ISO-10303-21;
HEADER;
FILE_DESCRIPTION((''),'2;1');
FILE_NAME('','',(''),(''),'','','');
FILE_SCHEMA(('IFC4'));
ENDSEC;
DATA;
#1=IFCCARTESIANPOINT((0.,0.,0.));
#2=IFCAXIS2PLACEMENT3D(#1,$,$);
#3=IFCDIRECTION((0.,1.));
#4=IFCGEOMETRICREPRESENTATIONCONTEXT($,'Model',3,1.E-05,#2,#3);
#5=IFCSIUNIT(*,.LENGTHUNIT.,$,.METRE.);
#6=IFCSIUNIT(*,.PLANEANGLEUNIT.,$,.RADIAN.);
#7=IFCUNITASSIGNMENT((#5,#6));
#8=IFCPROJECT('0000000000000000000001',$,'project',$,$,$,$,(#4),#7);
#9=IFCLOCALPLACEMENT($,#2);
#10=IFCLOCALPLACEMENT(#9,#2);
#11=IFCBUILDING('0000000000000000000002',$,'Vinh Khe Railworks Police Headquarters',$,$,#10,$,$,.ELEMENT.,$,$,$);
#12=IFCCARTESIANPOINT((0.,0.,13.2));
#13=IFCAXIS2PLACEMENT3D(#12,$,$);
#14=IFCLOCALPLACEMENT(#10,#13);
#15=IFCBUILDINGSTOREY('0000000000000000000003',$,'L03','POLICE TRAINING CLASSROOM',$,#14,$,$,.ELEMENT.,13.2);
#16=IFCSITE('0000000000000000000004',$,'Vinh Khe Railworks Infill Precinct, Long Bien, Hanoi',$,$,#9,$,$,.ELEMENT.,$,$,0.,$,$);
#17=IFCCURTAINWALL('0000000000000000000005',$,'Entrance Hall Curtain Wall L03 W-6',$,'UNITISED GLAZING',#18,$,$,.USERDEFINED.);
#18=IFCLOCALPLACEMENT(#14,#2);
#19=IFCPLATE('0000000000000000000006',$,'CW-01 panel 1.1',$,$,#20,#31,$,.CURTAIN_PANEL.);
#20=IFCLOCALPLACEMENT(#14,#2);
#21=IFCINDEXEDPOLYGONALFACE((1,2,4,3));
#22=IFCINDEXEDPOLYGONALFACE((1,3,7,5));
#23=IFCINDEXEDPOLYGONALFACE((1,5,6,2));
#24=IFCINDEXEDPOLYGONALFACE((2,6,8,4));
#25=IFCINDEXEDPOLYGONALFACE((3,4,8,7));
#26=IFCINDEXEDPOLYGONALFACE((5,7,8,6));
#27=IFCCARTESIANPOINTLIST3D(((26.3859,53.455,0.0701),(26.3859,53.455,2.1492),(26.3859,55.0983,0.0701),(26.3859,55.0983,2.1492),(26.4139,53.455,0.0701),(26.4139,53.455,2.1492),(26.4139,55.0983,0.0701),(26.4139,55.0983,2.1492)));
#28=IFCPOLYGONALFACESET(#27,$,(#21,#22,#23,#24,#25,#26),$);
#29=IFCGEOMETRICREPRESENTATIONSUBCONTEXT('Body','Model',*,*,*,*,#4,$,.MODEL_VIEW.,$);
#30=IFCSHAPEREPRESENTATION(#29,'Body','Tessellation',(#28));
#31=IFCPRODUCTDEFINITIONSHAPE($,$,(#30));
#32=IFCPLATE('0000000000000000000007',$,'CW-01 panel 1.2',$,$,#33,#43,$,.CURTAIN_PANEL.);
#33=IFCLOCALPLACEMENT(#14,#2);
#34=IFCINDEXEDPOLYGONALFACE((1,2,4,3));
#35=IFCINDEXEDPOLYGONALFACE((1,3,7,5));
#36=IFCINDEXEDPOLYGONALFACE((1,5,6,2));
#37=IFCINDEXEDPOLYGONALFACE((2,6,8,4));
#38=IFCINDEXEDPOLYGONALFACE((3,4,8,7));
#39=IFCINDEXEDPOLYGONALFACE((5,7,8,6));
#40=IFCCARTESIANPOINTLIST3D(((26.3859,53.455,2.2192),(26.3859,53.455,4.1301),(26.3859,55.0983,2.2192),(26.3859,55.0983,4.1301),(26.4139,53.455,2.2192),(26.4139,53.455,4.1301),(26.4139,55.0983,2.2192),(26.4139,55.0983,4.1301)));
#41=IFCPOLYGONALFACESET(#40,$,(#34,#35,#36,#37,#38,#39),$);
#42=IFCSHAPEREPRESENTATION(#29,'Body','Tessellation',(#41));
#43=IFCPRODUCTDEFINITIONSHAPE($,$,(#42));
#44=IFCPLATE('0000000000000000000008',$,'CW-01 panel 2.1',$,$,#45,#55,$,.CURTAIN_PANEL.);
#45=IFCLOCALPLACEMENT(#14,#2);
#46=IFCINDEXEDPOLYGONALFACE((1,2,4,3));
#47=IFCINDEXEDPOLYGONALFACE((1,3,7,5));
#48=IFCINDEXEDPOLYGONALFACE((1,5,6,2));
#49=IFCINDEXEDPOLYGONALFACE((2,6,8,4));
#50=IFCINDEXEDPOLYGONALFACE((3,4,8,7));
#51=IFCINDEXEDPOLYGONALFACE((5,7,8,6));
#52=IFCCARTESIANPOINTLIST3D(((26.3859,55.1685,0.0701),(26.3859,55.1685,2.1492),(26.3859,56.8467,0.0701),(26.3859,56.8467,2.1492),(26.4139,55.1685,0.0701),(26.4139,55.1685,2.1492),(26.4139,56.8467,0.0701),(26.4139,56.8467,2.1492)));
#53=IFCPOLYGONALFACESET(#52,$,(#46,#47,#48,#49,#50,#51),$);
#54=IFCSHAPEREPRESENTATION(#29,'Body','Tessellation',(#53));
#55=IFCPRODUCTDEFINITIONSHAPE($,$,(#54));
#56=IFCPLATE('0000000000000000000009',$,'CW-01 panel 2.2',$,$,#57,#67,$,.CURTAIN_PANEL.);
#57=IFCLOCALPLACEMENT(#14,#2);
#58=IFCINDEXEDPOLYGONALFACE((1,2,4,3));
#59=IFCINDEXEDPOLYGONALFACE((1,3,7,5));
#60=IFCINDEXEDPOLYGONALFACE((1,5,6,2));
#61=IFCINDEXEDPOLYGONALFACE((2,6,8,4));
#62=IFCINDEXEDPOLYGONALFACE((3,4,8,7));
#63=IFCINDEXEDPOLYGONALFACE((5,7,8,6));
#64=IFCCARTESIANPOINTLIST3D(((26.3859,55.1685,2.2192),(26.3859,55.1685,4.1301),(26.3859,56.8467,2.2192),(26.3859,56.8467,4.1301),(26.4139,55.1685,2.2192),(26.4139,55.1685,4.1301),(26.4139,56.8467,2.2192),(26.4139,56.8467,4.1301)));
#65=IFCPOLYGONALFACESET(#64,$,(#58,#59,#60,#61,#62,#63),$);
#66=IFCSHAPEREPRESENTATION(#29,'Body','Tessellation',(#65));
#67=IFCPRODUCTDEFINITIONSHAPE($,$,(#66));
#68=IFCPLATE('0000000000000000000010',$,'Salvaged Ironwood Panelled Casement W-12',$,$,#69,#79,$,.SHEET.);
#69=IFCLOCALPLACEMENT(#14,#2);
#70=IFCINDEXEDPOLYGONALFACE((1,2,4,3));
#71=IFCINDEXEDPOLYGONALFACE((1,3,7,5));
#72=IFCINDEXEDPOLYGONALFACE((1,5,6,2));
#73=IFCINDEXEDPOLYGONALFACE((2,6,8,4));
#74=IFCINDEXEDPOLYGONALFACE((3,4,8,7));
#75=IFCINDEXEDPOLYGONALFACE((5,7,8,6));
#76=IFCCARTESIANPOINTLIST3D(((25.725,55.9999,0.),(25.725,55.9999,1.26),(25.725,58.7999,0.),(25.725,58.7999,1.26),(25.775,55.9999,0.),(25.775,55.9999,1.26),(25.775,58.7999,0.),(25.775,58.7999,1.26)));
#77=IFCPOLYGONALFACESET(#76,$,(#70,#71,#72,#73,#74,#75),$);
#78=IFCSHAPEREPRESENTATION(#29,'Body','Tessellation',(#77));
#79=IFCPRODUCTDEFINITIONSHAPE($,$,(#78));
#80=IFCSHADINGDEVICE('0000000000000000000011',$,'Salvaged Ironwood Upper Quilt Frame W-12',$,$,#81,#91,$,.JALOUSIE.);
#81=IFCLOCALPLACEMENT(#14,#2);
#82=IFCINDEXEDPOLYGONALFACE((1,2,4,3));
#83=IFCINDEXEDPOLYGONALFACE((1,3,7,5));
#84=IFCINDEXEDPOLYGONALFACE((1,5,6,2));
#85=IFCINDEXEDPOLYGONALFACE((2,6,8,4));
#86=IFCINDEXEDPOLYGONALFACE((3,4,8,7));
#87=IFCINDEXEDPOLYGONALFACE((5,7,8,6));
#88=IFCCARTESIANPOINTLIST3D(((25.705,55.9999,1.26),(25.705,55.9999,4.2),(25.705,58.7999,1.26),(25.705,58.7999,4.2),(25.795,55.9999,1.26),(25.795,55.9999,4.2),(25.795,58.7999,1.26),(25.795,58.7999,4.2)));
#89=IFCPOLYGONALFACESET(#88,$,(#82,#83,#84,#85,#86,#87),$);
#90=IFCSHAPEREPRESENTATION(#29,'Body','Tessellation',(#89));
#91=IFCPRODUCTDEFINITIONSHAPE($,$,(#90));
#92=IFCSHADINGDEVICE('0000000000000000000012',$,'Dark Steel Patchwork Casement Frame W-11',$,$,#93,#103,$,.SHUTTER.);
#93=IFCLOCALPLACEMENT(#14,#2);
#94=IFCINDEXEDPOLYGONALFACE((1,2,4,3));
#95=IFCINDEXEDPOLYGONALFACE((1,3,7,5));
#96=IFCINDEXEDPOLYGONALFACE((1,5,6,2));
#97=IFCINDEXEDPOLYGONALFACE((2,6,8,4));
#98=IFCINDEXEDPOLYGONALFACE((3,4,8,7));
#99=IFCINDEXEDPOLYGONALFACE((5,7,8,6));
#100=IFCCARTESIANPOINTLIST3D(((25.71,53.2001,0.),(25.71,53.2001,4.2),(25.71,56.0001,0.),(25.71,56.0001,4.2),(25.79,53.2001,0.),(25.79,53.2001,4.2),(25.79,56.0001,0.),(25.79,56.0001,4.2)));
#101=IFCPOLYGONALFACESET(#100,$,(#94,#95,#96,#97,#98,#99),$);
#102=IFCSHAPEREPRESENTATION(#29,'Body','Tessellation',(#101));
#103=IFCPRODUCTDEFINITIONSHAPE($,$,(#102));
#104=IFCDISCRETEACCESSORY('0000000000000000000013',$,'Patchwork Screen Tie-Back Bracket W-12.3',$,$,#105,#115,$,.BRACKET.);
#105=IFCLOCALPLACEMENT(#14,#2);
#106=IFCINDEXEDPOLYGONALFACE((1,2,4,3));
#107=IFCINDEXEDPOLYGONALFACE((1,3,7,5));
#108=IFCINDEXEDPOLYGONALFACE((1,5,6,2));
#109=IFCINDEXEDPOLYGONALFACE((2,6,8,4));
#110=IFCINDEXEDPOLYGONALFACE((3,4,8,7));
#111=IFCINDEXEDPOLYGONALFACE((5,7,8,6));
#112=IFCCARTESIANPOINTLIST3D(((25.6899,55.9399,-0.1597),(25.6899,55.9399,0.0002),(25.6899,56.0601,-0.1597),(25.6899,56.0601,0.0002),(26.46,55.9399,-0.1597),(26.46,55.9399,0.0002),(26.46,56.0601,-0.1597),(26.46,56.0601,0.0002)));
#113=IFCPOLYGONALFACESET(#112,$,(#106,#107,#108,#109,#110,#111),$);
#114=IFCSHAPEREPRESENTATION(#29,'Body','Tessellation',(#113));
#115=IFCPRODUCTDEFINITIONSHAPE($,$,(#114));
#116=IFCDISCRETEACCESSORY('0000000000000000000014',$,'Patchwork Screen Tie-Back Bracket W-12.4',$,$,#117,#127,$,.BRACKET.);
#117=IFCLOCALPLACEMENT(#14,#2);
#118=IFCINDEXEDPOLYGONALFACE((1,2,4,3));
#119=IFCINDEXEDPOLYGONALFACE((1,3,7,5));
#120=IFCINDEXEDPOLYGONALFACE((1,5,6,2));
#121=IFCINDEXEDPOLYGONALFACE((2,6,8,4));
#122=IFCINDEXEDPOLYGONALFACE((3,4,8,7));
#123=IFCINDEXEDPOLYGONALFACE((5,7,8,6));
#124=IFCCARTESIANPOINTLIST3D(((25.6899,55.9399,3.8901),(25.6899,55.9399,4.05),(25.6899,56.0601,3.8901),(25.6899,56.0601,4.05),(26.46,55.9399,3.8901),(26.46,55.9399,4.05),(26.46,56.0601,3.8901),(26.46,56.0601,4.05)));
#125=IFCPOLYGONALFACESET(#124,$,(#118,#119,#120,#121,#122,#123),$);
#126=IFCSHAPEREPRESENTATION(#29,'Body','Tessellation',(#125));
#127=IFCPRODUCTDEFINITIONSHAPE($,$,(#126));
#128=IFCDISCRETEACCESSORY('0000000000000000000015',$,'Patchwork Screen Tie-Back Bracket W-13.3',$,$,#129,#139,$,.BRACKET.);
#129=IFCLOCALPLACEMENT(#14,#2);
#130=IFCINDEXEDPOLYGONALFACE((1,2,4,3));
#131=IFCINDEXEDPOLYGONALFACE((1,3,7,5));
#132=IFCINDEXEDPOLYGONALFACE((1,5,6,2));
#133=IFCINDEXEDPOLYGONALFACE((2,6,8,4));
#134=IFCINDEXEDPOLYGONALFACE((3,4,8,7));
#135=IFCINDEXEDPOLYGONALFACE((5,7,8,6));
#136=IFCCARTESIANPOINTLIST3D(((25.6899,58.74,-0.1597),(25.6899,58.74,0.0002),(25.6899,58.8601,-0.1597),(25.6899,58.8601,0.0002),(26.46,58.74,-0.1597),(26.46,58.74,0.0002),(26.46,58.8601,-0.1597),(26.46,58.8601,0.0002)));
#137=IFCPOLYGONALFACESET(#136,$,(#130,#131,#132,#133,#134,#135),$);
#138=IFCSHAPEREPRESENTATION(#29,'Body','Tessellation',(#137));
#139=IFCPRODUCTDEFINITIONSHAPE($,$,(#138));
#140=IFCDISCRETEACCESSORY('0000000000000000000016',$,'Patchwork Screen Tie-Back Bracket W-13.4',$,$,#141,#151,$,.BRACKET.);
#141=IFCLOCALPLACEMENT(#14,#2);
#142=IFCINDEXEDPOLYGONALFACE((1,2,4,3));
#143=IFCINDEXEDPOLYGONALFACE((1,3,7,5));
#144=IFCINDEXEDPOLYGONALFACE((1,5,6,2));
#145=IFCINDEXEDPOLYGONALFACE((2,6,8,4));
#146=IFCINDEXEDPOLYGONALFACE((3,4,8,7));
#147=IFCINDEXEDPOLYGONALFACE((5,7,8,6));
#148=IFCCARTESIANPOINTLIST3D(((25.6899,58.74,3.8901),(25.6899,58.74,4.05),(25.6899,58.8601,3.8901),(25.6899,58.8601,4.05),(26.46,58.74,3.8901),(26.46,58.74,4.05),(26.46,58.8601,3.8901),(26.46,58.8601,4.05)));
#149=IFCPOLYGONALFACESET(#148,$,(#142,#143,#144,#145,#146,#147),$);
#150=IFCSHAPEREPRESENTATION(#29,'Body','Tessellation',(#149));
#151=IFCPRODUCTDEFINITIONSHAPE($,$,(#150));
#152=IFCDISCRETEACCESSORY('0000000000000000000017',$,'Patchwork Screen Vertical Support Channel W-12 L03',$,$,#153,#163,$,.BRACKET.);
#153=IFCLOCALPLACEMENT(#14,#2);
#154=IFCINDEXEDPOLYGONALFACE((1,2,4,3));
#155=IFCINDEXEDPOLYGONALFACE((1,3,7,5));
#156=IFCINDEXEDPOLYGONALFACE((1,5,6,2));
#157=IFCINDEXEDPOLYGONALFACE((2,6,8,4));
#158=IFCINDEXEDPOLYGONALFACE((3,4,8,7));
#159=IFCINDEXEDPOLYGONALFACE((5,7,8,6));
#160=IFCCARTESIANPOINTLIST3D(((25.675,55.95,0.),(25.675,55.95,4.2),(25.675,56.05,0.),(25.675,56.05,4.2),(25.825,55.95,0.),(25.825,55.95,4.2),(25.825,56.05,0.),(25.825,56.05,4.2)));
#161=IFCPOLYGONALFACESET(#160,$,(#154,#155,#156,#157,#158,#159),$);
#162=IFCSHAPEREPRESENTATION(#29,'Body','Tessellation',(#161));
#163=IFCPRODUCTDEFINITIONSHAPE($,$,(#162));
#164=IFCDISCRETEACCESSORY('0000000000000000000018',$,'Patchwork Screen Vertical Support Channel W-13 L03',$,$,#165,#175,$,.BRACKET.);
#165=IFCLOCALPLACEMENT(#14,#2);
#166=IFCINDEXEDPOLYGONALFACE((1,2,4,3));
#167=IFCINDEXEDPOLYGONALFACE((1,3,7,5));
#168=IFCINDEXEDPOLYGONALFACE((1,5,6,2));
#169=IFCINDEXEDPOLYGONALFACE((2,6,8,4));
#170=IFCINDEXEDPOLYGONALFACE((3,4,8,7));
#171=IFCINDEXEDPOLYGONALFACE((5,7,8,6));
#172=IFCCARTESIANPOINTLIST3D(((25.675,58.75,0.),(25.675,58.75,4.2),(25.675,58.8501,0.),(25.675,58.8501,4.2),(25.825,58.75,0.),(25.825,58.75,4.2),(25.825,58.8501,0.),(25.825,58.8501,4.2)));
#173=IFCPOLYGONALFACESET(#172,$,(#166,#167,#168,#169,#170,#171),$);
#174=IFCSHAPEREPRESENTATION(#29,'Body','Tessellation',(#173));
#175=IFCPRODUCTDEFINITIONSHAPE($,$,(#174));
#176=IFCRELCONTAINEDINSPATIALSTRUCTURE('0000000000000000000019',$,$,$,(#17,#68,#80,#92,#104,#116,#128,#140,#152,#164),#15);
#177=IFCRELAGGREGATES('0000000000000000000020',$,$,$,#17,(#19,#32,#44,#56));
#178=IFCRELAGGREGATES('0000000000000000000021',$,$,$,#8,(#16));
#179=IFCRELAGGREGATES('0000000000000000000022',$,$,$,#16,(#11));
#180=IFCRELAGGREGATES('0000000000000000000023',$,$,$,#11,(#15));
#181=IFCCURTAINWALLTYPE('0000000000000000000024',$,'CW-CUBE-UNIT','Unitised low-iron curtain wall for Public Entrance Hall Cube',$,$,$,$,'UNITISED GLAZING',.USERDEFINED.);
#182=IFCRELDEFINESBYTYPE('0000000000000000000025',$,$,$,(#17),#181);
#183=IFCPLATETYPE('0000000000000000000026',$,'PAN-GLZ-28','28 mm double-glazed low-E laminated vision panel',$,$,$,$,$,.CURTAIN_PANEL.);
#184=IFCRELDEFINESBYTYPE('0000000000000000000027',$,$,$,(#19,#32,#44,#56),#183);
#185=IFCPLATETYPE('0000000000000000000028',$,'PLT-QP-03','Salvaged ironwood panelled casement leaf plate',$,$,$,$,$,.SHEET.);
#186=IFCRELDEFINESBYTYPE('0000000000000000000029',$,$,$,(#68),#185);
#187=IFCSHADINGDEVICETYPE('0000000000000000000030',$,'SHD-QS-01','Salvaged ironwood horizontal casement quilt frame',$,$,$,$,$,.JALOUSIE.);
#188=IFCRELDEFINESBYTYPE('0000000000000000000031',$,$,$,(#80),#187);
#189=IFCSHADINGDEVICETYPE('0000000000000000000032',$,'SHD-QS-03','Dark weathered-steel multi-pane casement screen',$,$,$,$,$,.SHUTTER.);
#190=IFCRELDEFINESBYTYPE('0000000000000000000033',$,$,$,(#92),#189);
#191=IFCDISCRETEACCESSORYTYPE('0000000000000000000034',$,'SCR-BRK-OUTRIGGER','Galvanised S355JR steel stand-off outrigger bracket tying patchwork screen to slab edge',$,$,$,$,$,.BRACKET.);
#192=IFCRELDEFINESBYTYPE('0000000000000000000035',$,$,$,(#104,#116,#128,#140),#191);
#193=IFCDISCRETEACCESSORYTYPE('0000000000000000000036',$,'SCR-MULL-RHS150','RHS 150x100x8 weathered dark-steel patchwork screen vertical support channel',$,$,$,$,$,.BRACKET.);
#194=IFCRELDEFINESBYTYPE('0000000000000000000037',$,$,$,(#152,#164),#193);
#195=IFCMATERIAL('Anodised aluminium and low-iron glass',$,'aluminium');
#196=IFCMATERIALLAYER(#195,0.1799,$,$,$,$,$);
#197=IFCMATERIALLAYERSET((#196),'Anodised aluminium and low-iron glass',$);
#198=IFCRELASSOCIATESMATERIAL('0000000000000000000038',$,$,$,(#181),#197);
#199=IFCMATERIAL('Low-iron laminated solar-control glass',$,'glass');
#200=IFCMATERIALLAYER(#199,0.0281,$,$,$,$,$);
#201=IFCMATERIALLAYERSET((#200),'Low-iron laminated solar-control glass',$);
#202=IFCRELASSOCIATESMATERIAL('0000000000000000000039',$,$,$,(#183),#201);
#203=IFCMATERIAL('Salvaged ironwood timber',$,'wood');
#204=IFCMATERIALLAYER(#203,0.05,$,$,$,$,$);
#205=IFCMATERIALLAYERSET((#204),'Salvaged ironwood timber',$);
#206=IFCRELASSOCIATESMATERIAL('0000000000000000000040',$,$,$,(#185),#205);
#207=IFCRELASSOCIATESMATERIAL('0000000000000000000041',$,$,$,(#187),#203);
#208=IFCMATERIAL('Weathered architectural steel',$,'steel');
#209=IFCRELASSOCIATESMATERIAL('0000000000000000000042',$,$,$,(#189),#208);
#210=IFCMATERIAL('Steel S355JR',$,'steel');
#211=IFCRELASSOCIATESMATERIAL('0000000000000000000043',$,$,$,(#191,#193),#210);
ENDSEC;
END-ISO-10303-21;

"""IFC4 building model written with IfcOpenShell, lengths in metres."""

from ifc_helpers import new_model, si_unit, direction, frame, origin, origin_2d, place, context, subcontext, project, spatial, rectangle, extrude, material, layer, layer_set, type_object, element, aggregate, save


model = new_model("IFC4")

# Units and contexts
model_context = context("Model", 3, precision=1e-05, world=origin(), true_north=direction((0.0, 1.0)))
body_context = subcontext(model_context, "Body", "Model", "MODEL_VIEW")
ifc_project = project(units=[si_unit("LENGTHUNIT", "METRE"), si_unit("PLANEANGLEUNIT", "RADIAN")], contexts=[model_context])

# Site, building, storey
site_placement = place(None, origin())
site = spatial("IfcSite", under=ifc_project, at=site_placement, Name="Vinh Khe Railworks Infill Precinct, Long Bien, Hanoi", CompositionType="ELEMENT", RefElevation=0.0)
building_placement = place(site_placement, origin())
building = spatial("IfcBuilding", under=site, at=building_placement, Name="Vinh Khe Railworks Police Headquarters", CompositionType="ELEMENT")
storey_placement = place(building_placement, frame((0.0, 0.0, 13.2)))
storey = spatial("IfcBuildingStorey", under=building, at=storey_placement, Name="L03", Description="POLICE TRAINING CLASSROOM", CompositionType="ELEMENT", Elevation=13.2)

# Shared definitions
ifc_material_1 = material(Name="Steel S355JR", Category="steel")

# Shared definitions
ifc_material_2 = material(Name="Salvaged ironwood timber", Category="wood")

# Curtain wall
ifc_material_3 = material(Name="Anodised aluminium and low-iron glass", Category="aluminium")
ifc_layer_1 = layer(ifc_material_3, 0.1799)
ifc_layer_set_1 = layer_set([ifc_layer_1], Name="Anodised aluminium and low-iron glass")
curtain_wall_type = type_object("IfcCurtainWallType", Name="CW-CUBE-UNIT", Description="Unitised low-iron curtain wall for Public Entrance Hall Cube", ElementType="UNITISED GLAZING", PredefinedType="USERDEFINED", material=ifc_layer_set_1)
curtain_wall_placement = place(storey_placement, origin())
curtain_wall = element("IfcCurtainWall", 1, at=curtain_wall_placement, inside=storey, type_object=curtain_wall_type, Name="Entrance Hall Curtain Wall L03 W-6", ObjectType="UNITISED GLAZING", PredefinedType="USERDEFINED")

# Plates
ifc_material_4 = material(Name="Low-iron laminated solar-control glass", Category="glass")
ifc_layer_2 = layer(ifc_material_4, 0.0281)
ifc_layer_set_2 = layer_set([ifc_layer_2], Name="Low-iron laminated solar-control glass")
plate_type_1 = type_object("IfcPlateType", Name="PAN-GLZ-28", Description="28 mm double-glazed low-E laminated vision panel", PredefinedType="CURTAIN_PANEL", material=ifc_layer_set_2)
plate_1_placement = place(storey_placement, frame((26.3999, 54.2766, 0.0701), z_axis=(0.0, 0.0, 1.0), x_axis=(0.0, 1.0, 0.0)))
plate_1 = element("IfcPlate", 2, at=plate_1_placement, type_object=plate_type_1, Name="CW-01 panel 1.1", PredefinedType="CURTAIN_PANEL", context=body_context, shape_type="SweptSolid", body=[
    extrude(rectangle(XDim=1.6433, YDim=0.0281, at=origin_2d()), origin(), (0.0, 0.0, 1.0), 2.0791),
])
plate_2_placement = place(storey_placement, frame((26.3999, 54.2766, 2.2192), z_axis=(0.0, 0.0, 1.0), x_axis=(0.0, 1.0, 0.0)))
plate_2 = element("IfcPlate", 3, at=plate_2_placement, type_object=plate_type_1, Name="CW-01 panel 1.2", PredefinedType="CURTAIN_PANEL", context=body_context, shape_type="SweptSolid", body=[
    extrude(rectangle(XDim=1.6433, YDim=0.0281, at=origin_2d()), origin(), (0.0, 0.0, 1.0), 1.9109),
])
plate_3_placement = place(storey_placement, frame((26.3999, 56.0076, 0.0701), z_axis=(0.0, 0.0, 1.0), x_axis=(0.0, 1.0, 0.0)))
plate_3 = element("IfcPlate", 4, at=plate_3_placement, type_object=plate_type_1, Name="CW-01 panel 2.1", PredefinedType="CURTAIN_PANEL", context=body_context, shape_type="SweptSolid", body=[
    extrude(rectangle(XDim=1.6782, YDim=0.0281, at=origin_2d()), origin(), (0.0, 0.0, 1.0), 2.0791),
])
plate_4_placement = place(storey_placement, frame((26.3999, 56.0076, 2.2192), z_axis=(0.0, 0.0, 1.0), x_axis=(0.0, 1.0, 0.0)))
plate_4 = element("IfcPlate", 5, at=plate_4_placement, type_object=plate_type_1, Name="CW-01 panel 2.2", PredefinedType="CURTAIN_PANEL", context=body_context, shape_type="SweptSolid", body=[
    extrude(rectangle(XDim=1.6782, YDim=0.0281, at=origin_2d()), origin(), (0.0, 0.0, 1.0), 1.9109),
])
aggregate(curtain_wall, [plate_1, plate_2, plate_3, plate_4])
ifc_layer_3 = layer(ifc_material_2, 0.05)
ifc_layer_set_3 = layer_set([ifc_layer_3], Name="Salvaged ironwood timber")
plate_type_2 = type_object("IfcPlateType", Name="PLT-QP-03", Description="Salvaged ironwood panelled casement leaf plate", PredefinedType="SHEET", material=ifc_layer_set_3)
plate_5_placement = place(storey_placement, frame((25.75, 57.3999, 0.0), z_axis=(0.0, 0.0, 1.0), x_axis=(0.0, 1.0, 0.0)))
element("IfcPlate", 6, at=plate_5_placement, inside=storey, type_object=plate_type_2, Name="Salvaged Ironwood Panelled Casement W-12", PredefinedType="SHEET", context=body_context, shape_type="SweptSolid", body=[
    extrude(rectangle(XDim=2.8, YDim=0.05, at=origin_2d()), origin(), (0.0, 0.0, 1.0), 1.26),
])

# Shading devices
shading_device_type_1 = type_object("IfcShadingDeviceType", Name="SHD-QS-01", Description="Salvaged ironwood horizontal casement quilt frame", PredefinedType="JALOUSIE", material=ifc_material_2)
shading_device_1_placement = place(storey_placement, frame((25.75, 57.3999, 1.26), z_axis=(0.0, 0.0, 1.0), x_axis=(0.0, 1.0, 0.0)))
element("IfcShadingDevice", 7, at=shading_device_1_placement, inside=storey, type_object=shading_device_type_1, Name="Salvaged Ironwood Upper Quilt Frame W-12", PredefinedType="JALOUSIE", context=body_context, shape_type="SweptSolid", body=[
    extrude(rectangle(XDim=2.8, YDim=0.0901, at=origin_2d()), origin(), (0.0, 0.0, 1.0), 2.9399),
])
ifc_material_5 = material(Name="Weathered architectural steel", Category="steel")
shading_device_type_2 = type_object("IfcShadingDeviceType", Name="SHD-QS-03", Description="Dark weathered-steel multi-pane casement screen", PredefinedType="SHUTTER", material=ifc_material_5)
shading_device_2_placement = place(storey_placement, frame((25.75, 54.6001, 0.0), z_axis=(0.0, 0.0, 1.0), x_axis=(0.0, 1.0, 0.0)))
element("IfcShadingDevice", 8, at=shading_device_2_placement, inside=storey, type_object=shading_device_type_2, Name="Dark Steel Patchwork Casement Frame W-11", PredefinedType="SHUTTER", context=body_context, shape_type="SweptSolid", body=[
    extrude(rectangle(XDim=2.8, YDim=0.0801, at=origin_2d()), origin(), (0.0, 0.0, 1.0), 4.2),
])

# Discrete accessories
discrete_accessory_type_1 = type_object("IfcDiscreteAccessoryType", Name="SCR-BRK-OUTRIGGER", Description="Galvanised S355JR steel stand-off outrigger bracket tying patchwork screen to slab edge", PredefinedType="BRACKET", material=ifc_material_1)
for number, where, z_axis, x_axis, name in (
    (9, (26.075, 56.0, -0.1597), (0.0, 0.0, 1.0), (1.0, 0.0, 0.0), "Patchwork Screen Tie-Back Bracket W-12.3"),
    (10, (26.075, 56.0, 3.8901), (0.0, 0.0, 1.0), (1.0, 0.0, 0.0), "Patchwork Screen Tie-Back Bracket W-12.4"),
    (11, (26.075, 58.8, -0.1597), (0.0, 0.0, 1.0), (1.0, 0.0, 0.0), "Patchwork Screen Tie-Back Bracket W-13.3"),
    (12, (26.075, 58.8, 3.8901), (0.0, 0.0, 1.0), (1.0, 0.0, 0.0), "Patchwork Screen Tie-Back Bracket W-13.4"),
):
    element("IfcDiscreteAccessory", number, at=place(storey_placement, frame(where, z_axis=z_axis, x_axis=x_axis)), inside=storey, type_object=discrete_accessory_type_1, Name=name, PredefinedType="BRACKET", context=body_context, shape_type="SweptSolid", body=[
        extrude(rectangle(XDim=0.77, YDim=0.1201, at=origin_2d()), origin(), (0.0, 0.0, 1.0), 0.1599),
    ])
discrete_accessory_type_2 = type_object("IfcDiscreteAccessoryType", Name="SCR-MULL-RHS150", Description="RHS 150x100x8 weathered dark-steel patchwork screen vertical support channel", PredefinedType="BRACKET", material=ifc_material_1)
for number, where, z_axis, x_axis, name in (
    (13, (25.75, 56.0, 0.0), (0.0, 0.0, 1.0), (1.0, 0.0, 0.0), "Patchwork Screen Vertical Support Channel W-12 L03"),
    (14, (25.75, 58.8, 0.0), (0.0, 0.0, 1.0), (1.0, 0.0, 0.0), "Patchwork Screen Vertical Support Channel W-13 L03"),
):
    element("IfcDiscreteAccessory", number, at=place(storey_placement, frame(where, z_axis=z_axis, x_axis=x_axis)), inside=storey, type_object=discrete_accessory_type_2, Name=name, PredefinedType="BRACKET", context=body_context, shape_type="SweptSolid", body=[
        extrude(rectangle(XDim=0.1499, YDim=0.1001, at=origin_2d()), origin(), (0.0, 0.0, 1.0), 4.2),
    ])

save(model, "model.ifc")
